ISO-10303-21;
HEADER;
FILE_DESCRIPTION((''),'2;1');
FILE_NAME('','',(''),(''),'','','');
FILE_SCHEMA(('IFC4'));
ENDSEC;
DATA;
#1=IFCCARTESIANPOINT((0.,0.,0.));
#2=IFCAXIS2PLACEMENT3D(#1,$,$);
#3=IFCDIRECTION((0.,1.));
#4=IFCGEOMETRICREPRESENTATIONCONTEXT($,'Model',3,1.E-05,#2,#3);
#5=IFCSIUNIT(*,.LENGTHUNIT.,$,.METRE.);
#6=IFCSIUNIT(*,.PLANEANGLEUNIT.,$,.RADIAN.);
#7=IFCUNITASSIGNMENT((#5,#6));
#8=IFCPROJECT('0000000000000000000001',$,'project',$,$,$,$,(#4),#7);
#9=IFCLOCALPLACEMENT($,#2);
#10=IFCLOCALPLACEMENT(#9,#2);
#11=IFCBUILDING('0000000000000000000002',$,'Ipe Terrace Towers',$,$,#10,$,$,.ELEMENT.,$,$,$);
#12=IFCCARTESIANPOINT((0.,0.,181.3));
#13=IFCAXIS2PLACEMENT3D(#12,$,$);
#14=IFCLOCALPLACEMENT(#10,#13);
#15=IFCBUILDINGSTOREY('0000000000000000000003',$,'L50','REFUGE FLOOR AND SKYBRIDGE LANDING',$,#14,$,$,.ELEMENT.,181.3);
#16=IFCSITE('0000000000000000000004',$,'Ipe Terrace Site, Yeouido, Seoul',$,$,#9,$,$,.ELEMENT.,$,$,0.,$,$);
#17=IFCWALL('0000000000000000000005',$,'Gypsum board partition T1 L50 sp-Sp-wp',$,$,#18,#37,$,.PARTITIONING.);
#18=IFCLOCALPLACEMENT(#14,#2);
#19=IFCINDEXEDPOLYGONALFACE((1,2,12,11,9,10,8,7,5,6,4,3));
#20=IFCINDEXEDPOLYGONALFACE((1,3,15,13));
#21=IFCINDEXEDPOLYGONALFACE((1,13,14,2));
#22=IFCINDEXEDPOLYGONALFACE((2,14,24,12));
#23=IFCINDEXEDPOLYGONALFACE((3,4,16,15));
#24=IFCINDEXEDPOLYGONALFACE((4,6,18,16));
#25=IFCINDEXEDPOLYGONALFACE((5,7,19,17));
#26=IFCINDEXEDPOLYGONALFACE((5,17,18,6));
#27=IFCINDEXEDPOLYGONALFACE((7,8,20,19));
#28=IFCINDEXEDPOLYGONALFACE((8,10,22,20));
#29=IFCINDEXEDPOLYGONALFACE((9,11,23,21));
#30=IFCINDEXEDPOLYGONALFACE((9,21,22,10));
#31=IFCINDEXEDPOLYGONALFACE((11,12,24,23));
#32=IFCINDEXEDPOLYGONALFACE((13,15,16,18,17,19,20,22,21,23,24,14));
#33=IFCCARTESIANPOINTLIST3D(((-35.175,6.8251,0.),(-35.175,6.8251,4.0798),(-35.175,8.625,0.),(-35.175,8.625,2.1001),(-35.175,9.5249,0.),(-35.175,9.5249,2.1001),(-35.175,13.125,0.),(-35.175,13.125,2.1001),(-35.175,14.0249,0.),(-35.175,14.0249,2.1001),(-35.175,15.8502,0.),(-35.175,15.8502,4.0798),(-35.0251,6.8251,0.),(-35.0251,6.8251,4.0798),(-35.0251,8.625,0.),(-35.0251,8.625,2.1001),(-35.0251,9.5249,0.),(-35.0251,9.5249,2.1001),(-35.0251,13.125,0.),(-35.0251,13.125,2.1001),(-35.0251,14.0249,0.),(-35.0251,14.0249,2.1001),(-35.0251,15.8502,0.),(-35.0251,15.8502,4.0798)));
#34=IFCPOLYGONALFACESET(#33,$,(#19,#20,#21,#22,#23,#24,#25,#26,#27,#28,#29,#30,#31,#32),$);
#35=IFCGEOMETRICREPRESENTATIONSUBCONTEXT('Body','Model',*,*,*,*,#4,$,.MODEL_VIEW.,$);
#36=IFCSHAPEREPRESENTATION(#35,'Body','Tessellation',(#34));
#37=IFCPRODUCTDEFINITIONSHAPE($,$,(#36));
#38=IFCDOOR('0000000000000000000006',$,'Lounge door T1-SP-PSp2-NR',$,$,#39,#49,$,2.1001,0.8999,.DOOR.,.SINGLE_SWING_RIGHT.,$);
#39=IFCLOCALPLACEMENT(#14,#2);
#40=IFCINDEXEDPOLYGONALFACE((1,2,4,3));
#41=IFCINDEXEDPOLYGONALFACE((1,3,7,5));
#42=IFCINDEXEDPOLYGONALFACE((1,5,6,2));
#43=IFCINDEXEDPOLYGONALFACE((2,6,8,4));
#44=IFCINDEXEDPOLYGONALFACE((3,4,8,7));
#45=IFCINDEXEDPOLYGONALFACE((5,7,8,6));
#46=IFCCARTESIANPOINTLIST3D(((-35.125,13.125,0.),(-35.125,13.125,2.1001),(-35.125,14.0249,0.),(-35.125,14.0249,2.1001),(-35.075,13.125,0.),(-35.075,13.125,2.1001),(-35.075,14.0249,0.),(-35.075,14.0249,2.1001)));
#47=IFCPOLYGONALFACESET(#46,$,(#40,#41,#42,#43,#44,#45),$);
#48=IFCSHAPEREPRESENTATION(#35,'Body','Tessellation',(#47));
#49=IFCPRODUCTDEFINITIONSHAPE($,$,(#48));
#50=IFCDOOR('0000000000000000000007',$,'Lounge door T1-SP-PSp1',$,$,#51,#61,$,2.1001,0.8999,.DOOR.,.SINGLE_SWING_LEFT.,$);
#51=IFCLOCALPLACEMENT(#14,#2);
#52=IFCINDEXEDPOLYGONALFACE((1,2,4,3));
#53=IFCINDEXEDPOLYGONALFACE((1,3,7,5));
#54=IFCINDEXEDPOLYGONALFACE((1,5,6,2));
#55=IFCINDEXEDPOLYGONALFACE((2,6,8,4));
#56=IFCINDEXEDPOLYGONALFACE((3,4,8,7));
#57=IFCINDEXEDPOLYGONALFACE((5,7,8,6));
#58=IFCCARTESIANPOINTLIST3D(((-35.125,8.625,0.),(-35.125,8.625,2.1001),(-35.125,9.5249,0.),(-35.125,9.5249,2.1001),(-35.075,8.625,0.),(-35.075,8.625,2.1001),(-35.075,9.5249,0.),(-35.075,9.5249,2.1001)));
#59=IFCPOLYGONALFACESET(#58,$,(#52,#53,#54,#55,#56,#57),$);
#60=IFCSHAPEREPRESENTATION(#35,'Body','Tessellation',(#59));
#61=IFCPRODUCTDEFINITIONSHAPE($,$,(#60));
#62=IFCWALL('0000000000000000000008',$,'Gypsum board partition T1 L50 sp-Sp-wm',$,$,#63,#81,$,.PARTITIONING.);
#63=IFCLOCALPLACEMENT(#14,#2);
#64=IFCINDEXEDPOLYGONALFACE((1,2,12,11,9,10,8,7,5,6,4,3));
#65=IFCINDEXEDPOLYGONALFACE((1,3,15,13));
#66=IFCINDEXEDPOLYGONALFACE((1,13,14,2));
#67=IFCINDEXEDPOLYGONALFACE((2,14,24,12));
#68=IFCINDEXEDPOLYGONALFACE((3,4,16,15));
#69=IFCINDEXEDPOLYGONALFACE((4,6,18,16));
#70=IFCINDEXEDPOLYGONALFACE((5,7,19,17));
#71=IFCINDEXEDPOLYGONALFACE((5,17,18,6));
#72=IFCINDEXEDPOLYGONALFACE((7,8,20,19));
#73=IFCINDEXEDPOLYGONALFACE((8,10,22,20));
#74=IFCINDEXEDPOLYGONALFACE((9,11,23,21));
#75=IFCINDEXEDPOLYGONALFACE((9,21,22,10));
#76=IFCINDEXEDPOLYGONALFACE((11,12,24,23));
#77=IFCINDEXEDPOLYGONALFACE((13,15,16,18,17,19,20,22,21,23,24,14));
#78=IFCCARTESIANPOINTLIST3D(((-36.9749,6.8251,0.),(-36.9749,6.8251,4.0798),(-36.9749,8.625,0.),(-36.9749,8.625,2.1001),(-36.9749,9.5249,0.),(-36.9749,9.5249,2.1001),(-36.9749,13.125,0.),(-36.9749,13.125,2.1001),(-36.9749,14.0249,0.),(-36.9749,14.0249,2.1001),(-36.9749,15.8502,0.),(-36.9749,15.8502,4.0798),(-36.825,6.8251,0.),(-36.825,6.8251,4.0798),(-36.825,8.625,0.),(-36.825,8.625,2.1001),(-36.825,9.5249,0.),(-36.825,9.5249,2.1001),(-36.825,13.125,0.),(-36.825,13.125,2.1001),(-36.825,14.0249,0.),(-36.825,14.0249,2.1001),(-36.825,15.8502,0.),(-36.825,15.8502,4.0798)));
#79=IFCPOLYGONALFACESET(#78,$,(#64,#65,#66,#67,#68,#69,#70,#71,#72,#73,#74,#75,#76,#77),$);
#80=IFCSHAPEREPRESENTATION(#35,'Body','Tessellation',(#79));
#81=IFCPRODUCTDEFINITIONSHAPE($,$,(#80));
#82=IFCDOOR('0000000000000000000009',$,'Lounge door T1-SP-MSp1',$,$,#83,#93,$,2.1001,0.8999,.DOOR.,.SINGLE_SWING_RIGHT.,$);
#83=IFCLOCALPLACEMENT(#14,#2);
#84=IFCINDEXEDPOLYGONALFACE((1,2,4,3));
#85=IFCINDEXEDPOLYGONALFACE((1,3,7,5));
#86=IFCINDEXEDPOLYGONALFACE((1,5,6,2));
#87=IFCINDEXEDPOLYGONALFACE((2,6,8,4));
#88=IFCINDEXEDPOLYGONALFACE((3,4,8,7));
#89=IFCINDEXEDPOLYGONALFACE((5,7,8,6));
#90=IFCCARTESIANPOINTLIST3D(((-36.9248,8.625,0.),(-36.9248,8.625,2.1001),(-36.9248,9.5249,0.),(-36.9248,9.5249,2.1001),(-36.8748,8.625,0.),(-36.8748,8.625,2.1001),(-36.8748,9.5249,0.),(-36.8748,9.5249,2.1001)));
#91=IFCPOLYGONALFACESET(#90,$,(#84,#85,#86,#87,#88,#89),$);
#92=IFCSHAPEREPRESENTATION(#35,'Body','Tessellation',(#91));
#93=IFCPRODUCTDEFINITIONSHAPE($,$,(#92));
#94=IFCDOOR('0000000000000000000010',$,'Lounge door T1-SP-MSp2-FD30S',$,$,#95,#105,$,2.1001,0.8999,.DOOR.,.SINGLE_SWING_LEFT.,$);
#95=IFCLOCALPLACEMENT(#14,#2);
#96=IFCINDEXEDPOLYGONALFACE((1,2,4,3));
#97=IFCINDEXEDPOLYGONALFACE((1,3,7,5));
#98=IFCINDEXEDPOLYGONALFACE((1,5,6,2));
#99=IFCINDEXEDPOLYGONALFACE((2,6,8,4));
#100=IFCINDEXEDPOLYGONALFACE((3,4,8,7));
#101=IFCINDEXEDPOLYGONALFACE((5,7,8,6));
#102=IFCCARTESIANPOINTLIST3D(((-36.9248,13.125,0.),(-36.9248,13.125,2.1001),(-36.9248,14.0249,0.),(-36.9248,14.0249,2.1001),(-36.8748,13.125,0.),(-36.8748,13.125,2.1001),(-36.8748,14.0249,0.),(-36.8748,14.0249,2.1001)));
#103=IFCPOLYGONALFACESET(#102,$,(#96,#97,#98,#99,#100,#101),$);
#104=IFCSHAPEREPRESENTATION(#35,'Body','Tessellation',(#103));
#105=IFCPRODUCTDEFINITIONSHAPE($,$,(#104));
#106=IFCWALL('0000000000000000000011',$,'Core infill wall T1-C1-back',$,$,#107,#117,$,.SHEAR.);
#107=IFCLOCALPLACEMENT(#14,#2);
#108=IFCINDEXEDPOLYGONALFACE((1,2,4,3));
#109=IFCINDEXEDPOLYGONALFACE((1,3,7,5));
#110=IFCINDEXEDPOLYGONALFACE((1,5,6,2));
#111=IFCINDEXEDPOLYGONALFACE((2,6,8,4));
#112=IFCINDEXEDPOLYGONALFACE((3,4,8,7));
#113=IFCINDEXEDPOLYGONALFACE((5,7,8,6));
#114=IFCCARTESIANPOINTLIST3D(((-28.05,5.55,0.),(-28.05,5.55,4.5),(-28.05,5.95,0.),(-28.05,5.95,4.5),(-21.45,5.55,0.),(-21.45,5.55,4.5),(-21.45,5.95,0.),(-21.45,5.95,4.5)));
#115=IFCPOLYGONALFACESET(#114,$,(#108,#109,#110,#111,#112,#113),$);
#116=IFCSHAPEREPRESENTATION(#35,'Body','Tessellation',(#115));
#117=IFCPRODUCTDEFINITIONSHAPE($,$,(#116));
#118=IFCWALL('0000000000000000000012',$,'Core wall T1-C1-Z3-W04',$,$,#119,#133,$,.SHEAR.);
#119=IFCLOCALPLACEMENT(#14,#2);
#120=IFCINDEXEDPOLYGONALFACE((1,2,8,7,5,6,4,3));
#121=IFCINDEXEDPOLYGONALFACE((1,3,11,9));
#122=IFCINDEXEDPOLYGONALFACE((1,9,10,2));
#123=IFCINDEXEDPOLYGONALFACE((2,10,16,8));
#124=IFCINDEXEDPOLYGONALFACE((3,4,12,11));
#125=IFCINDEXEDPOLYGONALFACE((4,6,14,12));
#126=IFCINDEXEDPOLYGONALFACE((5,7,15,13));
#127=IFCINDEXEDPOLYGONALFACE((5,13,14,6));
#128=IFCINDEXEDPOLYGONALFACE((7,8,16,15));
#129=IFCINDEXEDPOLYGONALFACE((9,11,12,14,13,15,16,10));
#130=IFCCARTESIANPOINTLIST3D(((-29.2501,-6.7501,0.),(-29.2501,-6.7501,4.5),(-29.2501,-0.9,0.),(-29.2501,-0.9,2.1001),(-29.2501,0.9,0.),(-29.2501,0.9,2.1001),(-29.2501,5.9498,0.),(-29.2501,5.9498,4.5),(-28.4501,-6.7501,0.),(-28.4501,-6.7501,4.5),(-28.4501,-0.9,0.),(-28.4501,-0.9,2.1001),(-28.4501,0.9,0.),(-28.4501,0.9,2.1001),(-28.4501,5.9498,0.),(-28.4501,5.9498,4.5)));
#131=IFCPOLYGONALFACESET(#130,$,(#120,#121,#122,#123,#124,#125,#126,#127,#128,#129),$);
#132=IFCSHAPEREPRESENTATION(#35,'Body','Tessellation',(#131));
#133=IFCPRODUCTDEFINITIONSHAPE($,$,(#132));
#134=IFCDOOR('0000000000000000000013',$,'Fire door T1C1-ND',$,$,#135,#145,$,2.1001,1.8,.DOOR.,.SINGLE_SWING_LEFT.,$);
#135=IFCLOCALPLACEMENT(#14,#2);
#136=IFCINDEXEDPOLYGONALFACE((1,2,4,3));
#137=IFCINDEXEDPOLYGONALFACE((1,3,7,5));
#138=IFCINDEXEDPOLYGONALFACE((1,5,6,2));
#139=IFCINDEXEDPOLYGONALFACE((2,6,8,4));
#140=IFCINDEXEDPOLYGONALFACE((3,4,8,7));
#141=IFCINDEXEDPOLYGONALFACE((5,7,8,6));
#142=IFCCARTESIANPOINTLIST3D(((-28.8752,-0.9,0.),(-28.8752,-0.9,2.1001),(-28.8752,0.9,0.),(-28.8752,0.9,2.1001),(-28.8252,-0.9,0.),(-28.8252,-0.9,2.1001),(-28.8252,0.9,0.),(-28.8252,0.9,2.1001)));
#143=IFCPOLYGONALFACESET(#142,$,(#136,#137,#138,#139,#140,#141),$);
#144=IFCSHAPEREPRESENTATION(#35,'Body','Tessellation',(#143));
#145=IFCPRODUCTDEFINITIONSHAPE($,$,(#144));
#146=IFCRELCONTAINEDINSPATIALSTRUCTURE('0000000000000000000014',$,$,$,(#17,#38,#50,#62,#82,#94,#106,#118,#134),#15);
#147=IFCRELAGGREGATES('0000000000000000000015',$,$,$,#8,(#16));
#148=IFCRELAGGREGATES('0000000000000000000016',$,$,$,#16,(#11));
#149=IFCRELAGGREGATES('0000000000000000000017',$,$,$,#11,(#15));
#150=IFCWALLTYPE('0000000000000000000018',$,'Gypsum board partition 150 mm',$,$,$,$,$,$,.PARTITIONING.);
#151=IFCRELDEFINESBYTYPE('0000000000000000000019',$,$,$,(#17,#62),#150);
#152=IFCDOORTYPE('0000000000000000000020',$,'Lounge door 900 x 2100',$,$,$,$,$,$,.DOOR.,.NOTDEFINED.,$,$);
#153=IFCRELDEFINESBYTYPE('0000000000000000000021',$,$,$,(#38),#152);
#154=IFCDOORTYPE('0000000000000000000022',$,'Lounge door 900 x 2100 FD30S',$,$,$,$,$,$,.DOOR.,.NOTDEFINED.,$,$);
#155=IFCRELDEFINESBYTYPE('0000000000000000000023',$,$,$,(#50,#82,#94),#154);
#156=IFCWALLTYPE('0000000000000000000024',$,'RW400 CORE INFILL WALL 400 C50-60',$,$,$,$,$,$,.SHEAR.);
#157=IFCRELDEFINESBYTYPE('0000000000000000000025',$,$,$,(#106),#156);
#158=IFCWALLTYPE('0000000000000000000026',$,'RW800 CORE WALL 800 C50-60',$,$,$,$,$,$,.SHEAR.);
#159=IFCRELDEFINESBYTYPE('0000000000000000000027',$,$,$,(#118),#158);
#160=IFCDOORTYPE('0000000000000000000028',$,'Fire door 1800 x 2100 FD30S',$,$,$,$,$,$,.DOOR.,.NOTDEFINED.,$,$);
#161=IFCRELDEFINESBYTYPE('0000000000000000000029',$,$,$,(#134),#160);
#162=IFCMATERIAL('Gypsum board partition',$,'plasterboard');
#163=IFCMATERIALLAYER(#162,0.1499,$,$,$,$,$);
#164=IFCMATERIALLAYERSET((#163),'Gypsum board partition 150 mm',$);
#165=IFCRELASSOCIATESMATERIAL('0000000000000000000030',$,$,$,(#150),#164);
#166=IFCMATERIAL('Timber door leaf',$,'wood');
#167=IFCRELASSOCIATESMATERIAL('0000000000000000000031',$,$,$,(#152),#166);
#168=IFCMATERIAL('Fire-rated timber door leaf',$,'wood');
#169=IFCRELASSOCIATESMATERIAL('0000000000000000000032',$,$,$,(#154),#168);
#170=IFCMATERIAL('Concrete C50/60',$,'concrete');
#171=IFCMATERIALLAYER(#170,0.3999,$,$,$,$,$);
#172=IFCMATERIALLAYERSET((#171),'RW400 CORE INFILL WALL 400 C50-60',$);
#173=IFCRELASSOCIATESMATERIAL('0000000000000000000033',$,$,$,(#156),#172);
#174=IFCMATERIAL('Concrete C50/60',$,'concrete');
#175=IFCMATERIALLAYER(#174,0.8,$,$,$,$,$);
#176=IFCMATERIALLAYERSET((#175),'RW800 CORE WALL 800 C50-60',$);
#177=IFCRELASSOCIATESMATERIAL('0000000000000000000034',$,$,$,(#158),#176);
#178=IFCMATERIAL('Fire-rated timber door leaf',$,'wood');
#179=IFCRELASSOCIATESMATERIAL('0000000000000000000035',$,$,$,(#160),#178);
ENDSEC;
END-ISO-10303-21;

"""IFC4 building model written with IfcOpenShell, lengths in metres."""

from ifc_helpers import new_model, si_unit, direction, frame, frame_2d, origin, place, context, subcontext, project, spatial, rectangle, extrude, material, layer, layer_set, type_object, element, fill, save


model = new_model("IFC4")

# Units and contexts
model_context = context("Model", 3, precision=1e-05, world=origin(), true_north=direction((0.0, 1.0)))
body_context = subcontext(model_context, "Body", "Model", "MODEL_VIEW")
ifc_project = project(units=[si_unit("LENGTHUNIT", "METRE"), si_unit("PLANEANGLEUNIT", "RADIAN")], contexts=[model_context])

# Site, building, storey
site_placement = place(None, origin())
site = spatial("IfcSite", under=ifc_project, at=site_placement, Name="Ipe Terrace Site, Yeouido, Seoul", CompositionType="ELEMENT", RefElevation=0.0)
building_placement = place(site_placement, origin())
building = spatial("IfcBuilding", under=site, at=building_placement, Name="Ipe Terrace Towers", CompositionType="ELEMENT")
storey_placement = place(building_placement, frame((0.0, 0.0, 181.3)))
storey = spatial("IfcBuildingStorey", under=building, at=storey_placement, Name="L50", Description="REFUGE FLOOR AND SKYBRIDGE LANDING", CompositionType="ELEMENT", Elevation=181.3)

# Walls, openings, doors
ifc_material_1 = material(Name="Gypsum board partition", Category="plasterboard")
ifc_layer_1 = layer(ifc_material_1, 0.1499)
ifc_layer_set_1 = layer_set([ifc_layer_1], Name="Gypsum board partition 150 mm")
wall_type_1 = type_object("IfcWallType", Name="Gypsum board partition 150 mm", PredefinedType="PARTITIONING", material=ifc_layer_set_1)
wall_1_placement = place(storey_placement, frame((-35.1001, 6.825, 0.0), z_axis=(0.0, 0.0, 1.0), x_axis=(0.0, 1.0, 0.0)))
wall_1 = element("IfcWall", 1, at=wall_1_placement, inside=storey, type_object=wall_type_1, Name="Gypsum board partition T1 L50 sp-Sp-wp", PredefinedType="PARTITIONING", context=body_context, shape_type="SweptSolid", body=[
    extrude(rectangle(XDim=9.0251, YDim=0.1499, at=frame_2d((4.5127, 0.0))), origin(), (0.0, 0.0, 1.0), 4.0798),
])
opening_1_placement = place(wall_1_placement, frame((1.8, 0.0, 0.0)))
opening_1 = element("IfcOpeningElement", 2, at=opening_1_placement, cuts=wall_1, PredefinedType="OPENING", context=body_context, shape_type="SweptSolid", body=[
    extrude(rectangle(XDim=0.8999, YDim=2.1001, at=frame_2d((0.45, 1.05))), frame((0.0, 0.085, 0.0), z_axis=(0.0, -1.0, 0.0), x_axis=(1.0, 0.0, 0.0)), (0.0, 0.0, 1.0), 0.1699),
])
opening_2_placement = place(wall_1_placement, frame((6.3, 0.0, 0.0)))
opening_2 = element("IfcOpeningElement", 3, at=opening_2_placement, cuts=wall_1, PredefinedType="OPENING", context=body_context, shape_type="SweptSolid", body=[
    extrude(rectangle(XDim=0.8999, YDim=2.1001, at=frame_2d((0.45, 1.05))), frame((0.0, 0.085, 0.0), z_axis=(0.0, -1.0, 0.0), x_axis=(1.0, 0.0, 0.0)), (0.0, 0.0, 1.0), 0.1699),
])
ifc_material_2 = material(Name="Timber door leaf", Category="wood")
door_type_1 = type_object("IfcDoorType", Name="Lounge door 900 x 2100", OperationType="NOTDEFINED", PredefinedType="DOOR", material=ifc_material_2)
door_1_placement = place(opening_2_placement, origin())
door_1 = element("IfcDoor", 4, at=door_1_placement, inside=storey, type_object=door_type_1, Name="Lounge door T1-SP-PSp2-NR", OperationType="SINGLE_SWING_RIGHT", OverallHeight=2.1001, OverallWidth=0.8999, PredefinedType="DOOR", context=body_context, shape_type="SweptSolid", body=[
    extrude(rectangle(XDim=0.8999, YDim=2.1001, at=frame_2d((0.45, 1.05))), frame((0.0, 0.0249, 0.0), z_axis=(0.0, -1.0, 0.0), x_axis=(1.0, 0.0, 0.0)), (0.0, 0.0, 1.0), 0.05),
])
fill(opening_2, door_1)
ifc_material_3 = material(Name="Fire-rated timber door leaf", Category="wood")
door_type_2 = type_object("IfcDoorType", Name="Lounge door 900 x 2100 FD30S", OperationType="NOTDEFINED", PredefinedType="DOOR", material=ifc_material_3)
door_2_placement = place(opening_1_placement, origin())
door_2 = element("IfcDoor", 5, at=door_2_placement, inside=storey, type_object=door_type_2, Name="Lounge door T1-SP-PSp1", OperationType="SINGLE_SWING_LEFT", OverallHeight=2.1001, OverallWidth=0.8999, PredefinedType="DOOR", context=body_context, shape_type="SweptSolid", body=[
    extrude(rectangle(XDim=0.8999, YDim=2.1001, at=frame_2d((0.45, 1.05))), frame((0.0, 0.0249, 0.0), z_axis=(0.0, -1.0, 0.0), x_axis=(1.0, 0.0, 0.0)), (0.0, 0.0, 1.0), 0.05),
])
fill(opening_1, door_2)
wall_2_placement = place(storey_placement, frame((-36.8999, 6.825, 0.0), z_axis=(0.0, 0.0, 1.0), x_axis=(0.0, 1.0, 0.0)))
wall_2 = element("IfcWall", 6, at=wall_2_placement, inside=storey, type_object=wall_type_1, Name="Gypsum board partition T1 L50 sp-Sp-wm", PredefinedType="PARTITIONING", context=body_context, shape_type="SweptSolid", body=[
    extrude(rectangle(XDim=9.0251, YDim=0.1499, at=frame_2d((4.5127, 0.0))), origin(), (0.0, 0.0, 1.0), 4.0798),
])
opening_3_placement = place(wall_2_placement, frame((1.8, 0.0, 0.0)))
opening_3 = element("IfcOpeningElement", 7, at=opening_3_placement, cuts=wall_2, PredefinedType="OPENING", context=body_context, shape_type="SweptSolid", body=[
    extrude(rectangle(XDim=0.8999, YDim=2.1001, at=frame_2d((0.45, 1.05))), frame((0.0, 0.085, 0.0), z_axis=(0.0, -1.0, 0.0), x_axis=(1.0, 0.0, 0.0)), (0.0, 0.0, 1.0), 0.1699),
])
opening_4_placement = place(wall_2_placement, frame((6.3, 0.0, 0.0)))
opening_4 = element("IfcOpeningElement", 8, at=opening_4_placement, cuts=wall_2, PredefinedType="OPENING", context=body_context, shape_type="SweptSolid", body=[
    extrude(rectangle(XDim=0.8999, YDim=2.1001, at=frame_2d((0.45, 1.05))), frame((0.0, 0.085, 0.0), z_axis=(0.0, -1.0, 0.0), x_axis=(1.0, 0.0, 0.0)), (0.0, 0.0, 1.0), 0.1699),
])
door_3_placement = place(opening_3_placement, origin())
door_3 = element("IfcDoor", 9, at=door_3_placement, inside=storey, type_object=door_type_2, Name="Lounge door T1-SP-MSp1", OperationType="SINGLE_SWING_RIGHT", OverallHeight=2.1001, OverallWidth=0.8999, PredefinedType="DOOR", context=body_context, shape_type="SweptSolid", body=[
    extrude(rectangle(XDim=0.8999, YDim=2.1001, at=frame_2d((0.45, 1.05))), frame((0.0, 0.0249, 0.0), z_axis=(0.0, -1.0, 0.0), x_axis=(1.0, 0.0, 0.0)), (0.0, 0.0, 1.0), 0.05),
])
fill(opening_3, door_3)
door_4_placement = place(opening_4_placement, origin())
door_4 = element("IfcDoor", 10, at=door_4_placement, inside=storey, type_object=door_type_2, Name="Lounge door T1-SP-MSp2-FD30S", OperationType="SINGLE_SWING_LEFT", OverallHeight=2.1001, OverallWidth=0.8999, PredefinedType="DOOR", context=body_context, shape_type="SweptSolid", body=[
    extrude(rectangle(XDim=0.8999, YDim=2.1001, at=frame_2d((0.45, 1.05))), frame((0.0, 0.0249, 0.0), z_axis=(0.0, -1.0, 0.0), x_axis=(1.0, 0.0, 0.0)), (0.0, 0.0, 1.0), 0.05),
])
fill(opening_4, door_4)

# Wall
ifc_material_4 = material(Name="Concrete C50/60", Category="concrete")
ifc_layer_2 = layer(ifc_material_4, 0.3999)
ifc_layer_set_2 = layer_set([ifc_layer_2], Name="RW400 CORE INFILL WALL 400 C50-60")
wall_type_2 = type_object("IfcWallType", Name="RW400 CORE INFILL WALL 400 C50-60", PredefinedType="SHEAR", material=ifc_layer_set_2)
wall_3_placement = place(storey_placement, frame((-28.05, 5.75, 0.0), z_axis=(0.0, 0.0, 1.0), x_axis=(1.0, 0.0, 0.0)))
element("IfcWall", 11, at=wall_3_placement, inside=storey, type_object=wall_type_2, Name="Core infill wall T1-C1-back", PredefinedType="SHEAR", context=body_context, shape_type="SweptSolid", body=[
    extrude(rectangle(XDim=6.6001, YDim=0.3999, at=frame_2d((3.3, 0.0))), origin(), (0.0, 0.0, 1.0), 4.5),
])

# Wall, opening, door
ifc_material_5 = material(Name="Concrete C50/60", Category="concrete")
ifc_layer_3 = layer(ifc_material_5, 0.8)
ifc_layer_set_3 = layer_set([ifc_layer_3], Name="RW800 CORE WALL 800 C50-60")
wall_type_3 = type_object("IfcWallType", Name="RW800 CORE WALL 800 C50-60", PredefinedType="SHEAR", material=ifc_layer_set_3)
wall_4_placement = place(storey_placement, frame((-28.8501, 5.95, 0.0), z_axis=(0.0, 0.0, 1.0), x_axis=(0.0, -1.0, 0.0)))
wall_4 = element("IfcWall", 12, at=wall_4_placement, inside=storey, type_object=wall_type_3, Name="Core wall T1-C1-Z3-W04", PredefinedType="SHEAR", context=body_context, shape_type="SweptSolid", body=[
    extrude(rectangle(XDim=12.7, YDim=0.8, at=frame_2d((6.3501, 0.0))), origin(), (0.0, 0.0, 1.0), 4.5),
])
opening_5_placement = place(wall_4_placement, frame((5.05, 0.0, 0.0)))
opening_5 = element("IfcOpeningElement", 13, at=opening_5_placement, cuts=wall_4, PredefinedType="OPENING", context=body_context, shape_type="SweptSolid", body=[
    extrude(rectangle(XDim=1.8, YDim=2.1001, at=frame_2d((0.8999, 1.05))), frame((0.0, 0.4102, 0.0), z_axis=(0.0, -1.0, 0.0), x_axis=(1.0, 0.0, 0.0)), (0.0, 0.0, 1.0), 0.8201),
])
ifc_material_6 = material(Name="Fire-rated timber door leaf", Category="wood")
door_type_3 = type_object("IfcDoorType", Name="Fire door 1800 x 2100 FD30S", OperationType="NOTDEFINED", PredefinedType="DOOR", material=ifc_material_6)
door_5_placement = place(opening_5_placement, origin())
door_5 = element("IfcDoor", 14, at=door_5_placement, inside=storey, type_object=door_type_3, Name="Fire door T1C1-ND", OperationType="SINGLE_SWING_LEFT", OverallHeight=2.1001, OverallWidth=1.8, PredefinedType="DOOR", context=body_context, shape_type="SweptSolid", body=[
    extrude(rectangle(XDim=1.8, YDim=2.1001, at=frame_2d((0.8999, 1.05))), frame((0.0, 0.0249, 0.0), z_axis=(0.0, -1.0, 0.0), x_axis=(1.0, 0.0, 0.0)), (0.0, 0.0, 1.0), 0.05),
])
fill(opening_5, door_5)

save(model, "model.ifc")
